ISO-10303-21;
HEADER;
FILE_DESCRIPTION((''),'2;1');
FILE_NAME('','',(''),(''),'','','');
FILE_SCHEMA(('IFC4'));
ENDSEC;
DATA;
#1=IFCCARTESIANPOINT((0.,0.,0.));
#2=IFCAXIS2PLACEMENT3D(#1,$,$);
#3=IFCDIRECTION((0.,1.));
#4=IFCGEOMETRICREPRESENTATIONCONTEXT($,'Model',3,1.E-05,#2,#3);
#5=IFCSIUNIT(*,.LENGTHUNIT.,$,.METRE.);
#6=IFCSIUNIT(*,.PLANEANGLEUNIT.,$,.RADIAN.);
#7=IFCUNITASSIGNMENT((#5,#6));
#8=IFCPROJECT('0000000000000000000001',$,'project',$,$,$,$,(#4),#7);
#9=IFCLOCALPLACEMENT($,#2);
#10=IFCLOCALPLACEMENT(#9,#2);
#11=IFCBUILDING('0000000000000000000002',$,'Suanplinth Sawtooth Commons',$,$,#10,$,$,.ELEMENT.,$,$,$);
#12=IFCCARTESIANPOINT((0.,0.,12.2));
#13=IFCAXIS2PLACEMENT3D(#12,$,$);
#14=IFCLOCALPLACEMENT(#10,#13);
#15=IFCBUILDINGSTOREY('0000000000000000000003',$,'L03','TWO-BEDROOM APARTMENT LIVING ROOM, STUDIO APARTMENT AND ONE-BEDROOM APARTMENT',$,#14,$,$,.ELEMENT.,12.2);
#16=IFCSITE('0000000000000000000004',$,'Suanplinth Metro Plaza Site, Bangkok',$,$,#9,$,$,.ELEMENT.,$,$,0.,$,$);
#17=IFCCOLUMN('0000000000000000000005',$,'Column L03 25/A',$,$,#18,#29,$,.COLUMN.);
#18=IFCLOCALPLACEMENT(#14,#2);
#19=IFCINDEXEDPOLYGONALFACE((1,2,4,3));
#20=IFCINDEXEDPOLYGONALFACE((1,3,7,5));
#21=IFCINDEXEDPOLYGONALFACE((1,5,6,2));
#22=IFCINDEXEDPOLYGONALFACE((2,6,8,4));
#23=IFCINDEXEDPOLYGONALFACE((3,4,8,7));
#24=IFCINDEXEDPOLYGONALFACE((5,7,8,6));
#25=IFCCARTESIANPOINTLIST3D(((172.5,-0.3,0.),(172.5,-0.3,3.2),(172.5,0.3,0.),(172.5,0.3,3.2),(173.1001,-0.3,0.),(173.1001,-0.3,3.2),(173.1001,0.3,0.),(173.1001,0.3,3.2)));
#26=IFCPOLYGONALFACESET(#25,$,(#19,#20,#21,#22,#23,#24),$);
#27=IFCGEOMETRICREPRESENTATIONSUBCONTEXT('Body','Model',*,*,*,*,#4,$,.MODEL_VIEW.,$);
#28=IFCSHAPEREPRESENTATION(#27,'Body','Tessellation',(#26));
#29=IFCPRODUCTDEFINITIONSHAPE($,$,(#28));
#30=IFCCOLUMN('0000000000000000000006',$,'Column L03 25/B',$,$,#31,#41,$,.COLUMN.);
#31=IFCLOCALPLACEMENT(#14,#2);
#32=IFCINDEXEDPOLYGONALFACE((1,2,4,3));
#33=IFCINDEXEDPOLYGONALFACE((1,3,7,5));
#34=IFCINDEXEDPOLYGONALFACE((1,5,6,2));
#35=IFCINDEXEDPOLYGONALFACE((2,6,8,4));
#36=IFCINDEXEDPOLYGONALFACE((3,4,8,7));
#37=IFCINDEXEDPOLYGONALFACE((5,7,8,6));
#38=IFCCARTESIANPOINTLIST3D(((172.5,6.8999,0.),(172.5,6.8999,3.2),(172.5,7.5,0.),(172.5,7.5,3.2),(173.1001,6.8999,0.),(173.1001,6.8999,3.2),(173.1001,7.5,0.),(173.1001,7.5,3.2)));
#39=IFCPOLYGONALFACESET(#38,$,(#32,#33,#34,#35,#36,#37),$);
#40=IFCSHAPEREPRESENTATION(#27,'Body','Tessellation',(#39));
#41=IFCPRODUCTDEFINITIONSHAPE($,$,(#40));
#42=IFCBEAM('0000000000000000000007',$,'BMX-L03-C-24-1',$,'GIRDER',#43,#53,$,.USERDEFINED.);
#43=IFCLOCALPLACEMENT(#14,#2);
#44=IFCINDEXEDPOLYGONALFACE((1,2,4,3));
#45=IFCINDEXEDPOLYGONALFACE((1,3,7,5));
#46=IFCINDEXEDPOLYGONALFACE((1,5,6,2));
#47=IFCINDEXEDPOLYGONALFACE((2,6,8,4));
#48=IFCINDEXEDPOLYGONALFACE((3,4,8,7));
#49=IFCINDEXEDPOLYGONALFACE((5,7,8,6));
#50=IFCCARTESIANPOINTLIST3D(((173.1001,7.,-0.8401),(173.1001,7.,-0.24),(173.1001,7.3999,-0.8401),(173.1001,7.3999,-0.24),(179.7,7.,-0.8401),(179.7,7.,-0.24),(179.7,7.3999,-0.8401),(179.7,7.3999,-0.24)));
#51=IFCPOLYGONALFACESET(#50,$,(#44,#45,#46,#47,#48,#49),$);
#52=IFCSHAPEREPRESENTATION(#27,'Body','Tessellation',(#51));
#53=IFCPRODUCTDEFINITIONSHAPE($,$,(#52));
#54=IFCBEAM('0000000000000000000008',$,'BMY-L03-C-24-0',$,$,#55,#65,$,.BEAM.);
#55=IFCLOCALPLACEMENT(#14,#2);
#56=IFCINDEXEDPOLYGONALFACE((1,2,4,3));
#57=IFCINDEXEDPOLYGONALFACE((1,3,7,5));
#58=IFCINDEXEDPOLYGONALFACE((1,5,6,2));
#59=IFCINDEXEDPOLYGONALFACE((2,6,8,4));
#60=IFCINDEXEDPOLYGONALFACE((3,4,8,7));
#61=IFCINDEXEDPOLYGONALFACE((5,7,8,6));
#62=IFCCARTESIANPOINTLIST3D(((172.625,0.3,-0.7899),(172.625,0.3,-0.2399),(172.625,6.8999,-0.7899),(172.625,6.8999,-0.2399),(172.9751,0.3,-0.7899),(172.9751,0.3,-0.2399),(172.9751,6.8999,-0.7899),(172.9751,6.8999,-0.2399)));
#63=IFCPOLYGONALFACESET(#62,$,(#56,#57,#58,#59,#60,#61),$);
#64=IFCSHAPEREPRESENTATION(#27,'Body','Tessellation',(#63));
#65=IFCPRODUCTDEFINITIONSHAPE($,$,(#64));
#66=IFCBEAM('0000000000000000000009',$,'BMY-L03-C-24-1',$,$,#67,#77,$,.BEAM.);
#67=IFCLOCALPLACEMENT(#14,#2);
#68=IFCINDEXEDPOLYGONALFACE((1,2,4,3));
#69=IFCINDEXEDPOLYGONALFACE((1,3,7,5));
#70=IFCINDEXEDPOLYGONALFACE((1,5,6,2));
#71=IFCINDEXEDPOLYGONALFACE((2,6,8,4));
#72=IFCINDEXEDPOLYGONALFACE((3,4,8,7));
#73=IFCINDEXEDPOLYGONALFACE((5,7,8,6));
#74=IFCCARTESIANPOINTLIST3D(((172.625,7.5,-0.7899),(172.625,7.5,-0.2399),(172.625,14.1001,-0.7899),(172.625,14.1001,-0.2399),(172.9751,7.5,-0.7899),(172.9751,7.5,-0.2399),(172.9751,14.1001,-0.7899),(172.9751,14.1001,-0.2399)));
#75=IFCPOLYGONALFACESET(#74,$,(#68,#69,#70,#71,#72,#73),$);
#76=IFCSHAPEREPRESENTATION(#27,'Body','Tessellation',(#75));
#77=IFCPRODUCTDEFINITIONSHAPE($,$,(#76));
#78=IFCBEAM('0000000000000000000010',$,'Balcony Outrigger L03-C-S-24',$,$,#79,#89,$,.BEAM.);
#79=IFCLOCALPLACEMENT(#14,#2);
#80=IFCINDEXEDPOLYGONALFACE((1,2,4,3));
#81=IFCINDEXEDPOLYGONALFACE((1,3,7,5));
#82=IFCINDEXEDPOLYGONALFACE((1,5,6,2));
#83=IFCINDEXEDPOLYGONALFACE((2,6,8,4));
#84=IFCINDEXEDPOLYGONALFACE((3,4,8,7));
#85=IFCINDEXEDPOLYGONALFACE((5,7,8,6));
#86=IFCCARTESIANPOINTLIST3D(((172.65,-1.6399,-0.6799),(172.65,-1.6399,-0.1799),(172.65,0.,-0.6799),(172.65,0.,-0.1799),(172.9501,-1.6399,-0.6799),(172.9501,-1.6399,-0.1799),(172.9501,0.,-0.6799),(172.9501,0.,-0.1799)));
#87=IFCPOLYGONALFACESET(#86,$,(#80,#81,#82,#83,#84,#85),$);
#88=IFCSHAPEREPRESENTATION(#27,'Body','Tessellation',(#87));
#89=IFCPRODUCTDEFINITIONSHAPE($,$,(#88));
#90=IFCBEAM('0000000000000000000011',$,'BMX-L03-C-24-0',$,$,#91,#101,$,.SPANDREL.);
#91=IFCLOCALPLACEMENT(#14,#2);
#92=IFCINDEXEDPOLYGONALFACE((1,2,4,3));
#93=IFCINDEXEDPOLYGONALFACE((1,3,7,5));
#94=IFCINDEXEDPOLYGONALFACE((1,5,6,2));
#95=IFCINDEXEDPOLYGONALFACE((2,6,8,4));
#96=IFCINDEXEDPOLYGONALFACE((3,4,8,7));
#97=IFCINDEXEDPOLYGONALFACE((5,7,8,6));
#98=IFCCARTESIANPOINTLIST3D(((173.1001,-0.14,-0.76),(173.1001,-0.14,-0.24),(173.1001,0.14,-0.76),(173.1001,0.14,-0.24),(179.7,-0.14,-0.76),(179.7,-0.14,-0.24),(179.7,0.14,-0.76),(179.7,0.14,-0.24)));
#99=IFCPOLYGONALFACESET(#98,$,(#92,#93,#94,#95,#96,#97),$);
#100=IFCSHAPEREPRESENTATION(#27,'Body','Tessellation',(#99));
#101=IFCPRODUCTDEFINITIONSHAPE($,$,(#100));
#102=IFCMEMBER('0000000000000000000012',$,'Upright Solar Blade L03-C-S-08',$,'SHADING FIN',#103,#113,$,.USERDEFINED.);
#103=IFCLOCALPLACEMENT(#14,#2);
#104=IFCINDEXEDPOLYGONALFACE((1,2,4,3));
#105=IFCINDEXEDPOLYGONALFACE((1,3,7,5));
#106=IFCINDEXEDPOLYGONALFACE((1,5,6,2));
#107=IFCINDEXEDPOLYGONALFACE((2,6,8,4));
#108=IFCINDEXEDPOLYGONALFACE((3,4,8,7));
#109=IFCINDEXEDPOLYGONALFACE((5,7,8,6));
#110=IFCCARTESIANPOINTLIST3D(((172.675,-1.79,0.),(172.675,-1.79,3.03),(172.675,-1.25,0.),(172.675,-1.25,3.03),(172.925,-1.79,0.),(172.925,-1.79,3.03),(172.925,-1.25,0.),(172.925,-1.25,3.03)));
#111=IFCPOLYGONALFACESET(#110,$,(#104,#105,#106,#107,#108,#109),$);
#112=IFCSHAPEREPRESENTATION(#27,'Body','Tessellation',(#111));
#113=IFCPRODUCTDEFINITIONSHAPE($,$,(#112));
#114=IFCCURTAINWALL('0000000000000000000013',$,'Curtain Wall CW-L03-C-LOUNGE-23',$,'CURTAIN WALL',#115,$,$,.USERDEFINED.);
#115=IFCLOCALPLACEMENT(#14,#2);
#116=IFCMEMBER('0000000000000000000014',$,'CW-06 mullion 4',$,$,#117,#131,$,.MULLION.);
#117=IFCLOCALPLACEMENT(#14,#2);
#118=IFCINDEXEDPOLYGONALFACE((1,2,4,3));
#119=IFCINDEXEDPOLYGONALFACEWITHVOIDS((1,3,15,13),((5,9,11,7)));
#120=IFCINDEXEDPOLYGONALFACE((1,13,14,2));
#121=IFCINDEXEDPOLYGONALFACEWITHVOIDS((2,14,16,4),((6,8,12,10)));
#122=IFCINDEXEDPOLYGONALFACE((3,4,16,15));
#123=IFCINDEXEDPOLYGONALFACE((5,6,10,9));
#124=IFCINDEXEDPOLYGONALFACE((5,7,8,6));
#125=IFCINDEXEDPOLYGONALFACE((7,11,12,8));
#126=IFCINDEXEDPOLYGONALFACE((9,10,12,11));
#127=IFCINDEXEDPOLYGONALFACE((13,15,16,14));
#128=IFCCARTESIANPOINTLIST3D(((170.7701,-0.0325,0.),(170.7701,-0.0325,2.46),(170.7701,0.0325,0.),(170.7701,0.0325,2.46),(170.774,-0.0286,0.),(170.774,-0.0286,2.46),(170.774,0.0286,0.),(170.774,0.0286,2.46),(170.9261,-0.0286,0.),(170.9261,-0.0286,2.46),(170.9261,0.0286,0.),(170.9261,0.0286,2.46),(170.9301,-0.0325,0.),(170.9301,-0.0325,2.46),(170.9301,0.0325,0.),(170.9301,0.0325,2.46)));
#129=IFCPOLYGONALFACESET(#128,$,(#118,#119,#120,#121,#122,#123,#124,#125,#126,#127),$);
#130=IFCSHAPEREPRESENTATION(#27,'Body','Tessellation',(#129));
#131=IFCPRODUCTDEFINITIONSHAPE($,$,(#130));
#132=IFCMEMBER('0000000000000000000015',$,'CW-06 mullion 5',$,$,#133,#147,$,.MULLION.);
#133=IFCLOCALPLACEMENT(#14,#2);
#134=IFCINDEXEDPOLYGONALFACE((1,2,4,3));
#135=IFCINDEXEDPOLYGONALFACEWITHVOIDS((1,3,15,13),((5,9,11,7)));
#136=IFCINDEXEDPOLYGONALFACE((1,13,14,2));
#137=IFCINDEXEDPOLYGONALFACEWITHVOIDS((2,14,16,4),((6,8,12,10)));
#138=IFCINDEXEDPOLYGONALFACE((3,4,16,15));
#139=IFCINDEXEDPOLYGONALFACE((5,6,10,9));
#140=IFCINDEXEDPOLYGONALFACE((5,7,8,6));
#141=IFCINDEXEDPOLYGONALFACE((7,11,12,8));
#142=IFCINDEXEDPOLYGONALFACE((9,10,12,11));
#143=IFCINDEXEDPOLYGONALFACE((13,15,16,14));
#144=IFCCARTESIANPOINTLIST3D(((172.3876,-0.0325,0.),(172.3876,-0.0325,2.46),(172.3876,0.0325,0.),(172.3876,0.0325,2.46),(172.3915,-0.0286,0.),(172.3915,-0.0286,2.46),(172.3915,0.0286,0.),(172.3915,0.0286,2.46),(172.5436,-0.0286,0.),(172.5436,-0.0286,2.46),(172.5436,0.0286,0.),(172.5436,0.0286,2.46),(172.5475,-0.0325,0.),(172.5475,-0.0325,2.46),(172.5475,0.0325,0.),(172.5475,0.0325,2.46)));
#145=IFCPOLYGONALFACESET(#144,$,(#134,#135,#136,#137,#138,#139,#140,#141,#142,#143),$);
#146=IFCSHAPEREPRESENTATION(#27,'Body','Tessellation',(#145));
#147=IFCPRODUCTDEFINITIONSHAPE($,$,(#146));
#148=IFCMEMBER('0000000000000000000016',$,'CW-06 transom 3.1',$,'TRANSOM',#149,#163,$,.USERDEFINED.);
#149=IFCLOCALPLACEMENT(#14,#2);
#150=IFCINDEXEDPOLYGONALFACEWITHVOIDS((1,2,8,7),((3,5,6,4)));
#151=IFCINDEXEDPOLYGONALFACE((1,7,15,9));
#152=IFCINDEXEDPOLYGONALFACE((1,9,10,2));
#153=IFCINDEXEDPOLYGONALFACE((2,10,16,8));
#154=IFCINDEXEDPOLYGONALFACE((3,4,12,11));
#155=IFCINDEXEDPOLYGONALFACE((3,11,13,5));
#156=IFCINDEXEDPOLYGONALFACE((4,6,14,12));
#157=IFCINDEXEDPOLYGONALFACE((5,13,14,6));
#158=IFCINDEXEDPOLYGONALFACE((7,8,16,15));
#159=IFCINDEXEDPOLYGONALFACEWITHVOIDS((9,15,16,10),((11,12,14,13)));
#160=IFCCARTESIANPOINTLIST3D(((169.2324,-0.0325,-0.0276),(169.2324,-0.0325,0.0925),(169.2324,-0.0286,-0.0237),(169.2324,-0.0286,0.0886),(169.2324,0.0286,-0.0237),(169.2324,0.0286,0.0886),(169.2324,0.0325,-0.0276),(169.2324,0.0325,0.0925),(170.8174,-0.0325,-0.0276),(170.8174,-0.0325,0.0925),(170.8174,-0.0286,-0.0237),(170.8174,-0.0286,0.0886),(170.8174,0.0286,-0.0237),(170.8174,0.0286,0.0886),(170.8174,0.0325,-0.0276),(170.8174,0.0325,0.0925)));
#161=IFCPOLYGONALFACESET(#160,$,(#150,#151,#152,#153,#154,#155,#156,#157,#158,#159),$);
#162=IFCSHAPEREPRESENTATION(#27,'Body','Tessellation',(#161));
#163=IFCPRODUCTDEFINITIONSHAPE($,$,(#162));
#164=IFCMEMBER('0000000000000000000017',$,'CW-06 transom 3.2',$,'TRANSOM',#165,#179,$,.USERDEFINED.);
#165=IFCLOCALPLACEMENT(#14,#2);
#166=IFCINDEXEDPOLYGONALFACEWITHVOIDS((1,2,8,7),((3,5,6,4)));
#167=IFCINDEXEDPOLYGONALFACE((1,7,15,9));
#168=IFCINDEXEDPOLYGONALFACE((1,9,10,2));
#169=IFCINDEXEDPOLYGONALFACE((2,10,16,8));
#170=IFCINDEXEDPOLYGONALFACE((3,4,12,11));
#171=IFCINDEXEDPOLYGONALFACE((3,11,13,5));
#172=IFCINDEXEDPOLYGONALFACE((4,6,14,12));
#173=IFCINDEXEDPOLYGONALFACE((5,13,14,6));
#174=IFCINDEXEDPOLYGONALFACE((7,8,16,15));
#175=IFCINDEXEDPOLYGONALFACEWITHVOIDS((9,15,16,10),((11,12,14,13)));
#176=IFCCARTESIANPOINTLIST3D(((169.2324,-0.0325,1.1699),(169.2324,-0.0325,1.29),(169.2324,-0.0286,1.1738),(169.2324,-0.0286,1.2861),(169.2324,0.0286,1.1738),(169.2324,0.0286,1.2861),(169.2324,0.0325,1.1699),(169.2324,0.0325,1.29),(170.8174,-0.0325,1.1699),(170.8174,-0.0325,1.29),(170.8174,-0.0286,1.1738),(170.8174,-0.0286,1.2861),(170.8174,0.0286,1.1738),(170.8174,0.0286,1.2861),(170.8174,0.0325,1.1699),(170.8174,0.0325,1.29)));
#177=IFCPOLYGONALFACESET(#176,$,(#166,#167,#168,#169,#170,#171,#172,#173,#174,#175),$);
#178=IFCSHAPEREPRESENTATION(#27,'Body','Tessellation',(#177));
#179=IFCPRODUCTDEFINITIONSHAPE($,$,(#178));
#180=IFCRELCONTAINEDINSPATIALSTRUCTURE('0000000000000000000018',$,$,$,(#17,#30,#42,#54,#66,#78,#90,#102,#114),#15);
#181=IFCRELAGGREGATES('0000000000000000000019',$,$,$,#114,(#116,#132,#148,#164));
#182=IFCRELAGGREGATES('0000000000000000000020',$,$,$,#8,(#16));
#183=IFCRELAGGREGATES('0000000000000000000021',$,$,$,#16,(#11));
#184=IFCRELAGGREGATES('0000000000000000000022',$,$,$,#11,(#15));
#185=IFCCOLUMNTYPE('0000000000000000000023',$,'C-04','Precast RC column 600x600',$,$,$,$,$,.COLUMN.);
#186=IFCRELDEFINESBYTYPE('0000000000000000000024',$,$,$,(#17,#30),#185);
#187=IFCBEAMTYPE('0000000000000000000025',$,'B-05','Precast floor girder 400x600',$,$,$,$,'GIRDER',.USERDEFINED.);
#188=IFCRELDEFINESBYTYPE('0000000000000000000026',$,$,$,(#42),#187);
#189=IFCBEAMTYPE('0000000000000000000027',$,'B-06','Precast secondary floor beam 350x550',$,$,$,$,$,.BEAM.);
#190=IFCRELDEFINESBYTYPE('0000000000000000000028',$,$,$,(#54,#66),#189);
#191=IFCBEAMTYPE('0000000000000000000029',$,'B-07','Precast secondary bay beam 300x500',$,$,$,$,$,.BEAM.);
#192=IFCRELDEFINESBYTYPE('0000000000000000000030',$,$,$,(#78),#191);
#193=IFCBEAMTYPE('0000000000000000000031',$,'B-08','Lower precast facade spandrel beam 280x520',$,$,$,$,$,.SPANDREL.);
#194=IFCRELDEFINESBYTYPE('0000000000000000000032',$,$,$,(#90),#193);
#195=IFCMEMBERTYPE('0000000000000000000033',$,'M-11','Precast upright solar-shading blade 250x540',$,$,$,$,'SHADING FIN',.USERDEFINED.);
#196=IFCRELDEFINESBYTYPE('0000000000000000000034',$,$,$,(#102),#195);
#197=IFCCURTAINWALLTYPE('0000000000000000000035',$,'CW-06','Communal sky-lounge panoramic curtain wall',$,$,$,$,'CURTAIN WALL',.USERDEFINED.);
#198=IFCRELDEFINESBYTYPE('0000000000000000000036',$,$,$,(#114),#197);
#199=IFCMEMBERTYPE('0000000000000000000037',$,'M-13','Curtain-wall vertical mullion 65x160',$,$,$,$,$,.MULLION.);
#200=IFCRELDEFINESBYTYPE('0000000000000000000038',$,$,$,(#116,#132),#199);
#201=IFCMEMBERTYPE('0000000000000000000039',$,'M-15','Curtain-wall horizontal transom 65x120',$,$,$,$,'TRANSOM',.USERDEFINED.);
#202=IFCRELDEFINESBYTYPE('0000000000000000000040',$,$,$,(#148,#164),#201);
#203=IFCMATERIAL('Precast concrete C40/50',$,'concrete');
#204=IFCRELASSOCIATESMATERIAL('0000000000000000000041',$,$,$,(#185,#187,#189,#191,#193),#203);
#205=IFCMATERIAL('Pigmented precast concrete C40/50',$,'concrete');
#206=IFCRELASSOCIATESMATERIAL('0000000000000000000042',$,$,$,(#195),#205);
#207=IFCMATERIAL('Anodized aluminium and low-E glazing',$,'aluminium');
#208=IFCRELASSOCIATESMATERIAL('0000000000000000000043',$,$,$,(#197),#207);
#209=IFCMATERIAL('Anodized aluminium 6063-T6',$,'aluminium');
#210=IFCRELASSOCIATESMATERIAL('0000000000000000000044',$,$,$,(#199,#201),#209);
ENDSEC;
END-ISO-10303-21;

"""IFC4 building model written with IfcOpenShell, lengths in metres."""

from ifc_helpers import new_model, si_unit, direction, frame, origin, origin_2d, place, context, subcontext, project, spatial, rectangle, hollow_rectangle, extrude, material, material_profile, profile_set, type_object, element, aggregate, save


model = new_model("IFC4")

# Units and contexts
model_context = context("Model", 3, precision=1e-05, world=origin(), true_north=direction((0.0, 1.0)))
body_context = subcontext(model_context, "Body", "Model", "MODEL_VIEW")
ifc_project = project(units=[si_unit("LENGTHUNIT", "METRE"), si_unit("PLANEANGLEUNIT", "RADIAN")], contexts=[model_context])

# Site, building, storey
site_placement = place(None, origin())
site = spatial("IfcSite", under=ifc_project, at=site_placement, Name="Suanplinth Metro Plaza Site, Bangkok", CompositionType="ELEMENT", RefElevation=0.0)
building_placement = place(site_placement, origin())
building = spatial("IfcBuilding", under=site, at=building_placement, Name="Suanplinth Sawtooth Commons", CompositionType="ELEMENT")
storey_placement = place(building_placement, frame((0.0, 0.0, 12.2)))
storey = spatial("IfcBuildingStorey", under=building, at=storey_placement, Name="L03", Description="TWO-BEDROOM APARTMENT LIVING ROOM, STUDIO APARTMENT AND ONE-BEDROOM APARTMENT", CompositionType="ELEMENT", Elevation=12.2)

# Columns
ifc_material_1 = material(Name="Precast concrete C40/50", Category="concrete")
ifc_material_profile_1 = material_profile(ifc_material_1, rectangle(XDim=0.6001, YDim=0.6001, at=origin_2d()), Name="PC-COL 600x600")
ifc_profile_set_1 = profile_set([ifc_material_profile_1], Name="Precast concrete C40/50")
column_type = type_object("IfcColumnType", Name="C-04", Description="Precast RC column 600x600", PredefinedType="COLUMN", material=ifc_profile_set_1)
for number, where, z_axis, x_axis, name in (
    (1, (172.8, 0.0, 0.0), (0.0, 0.0, 1.0), (1.0, 0.0, 0.0), "Column L03 25/A"),
    (2, (172.8, 7.2, 0.0), (0.0, 0.0, 1.0), (1.0, 0.0, 0.0), "Column L03 25/B"),
):
    element("IfcColumn", number, at=place(storey_placement, frame(where, z_axis=z_axis, x_axis=x_axis)), inside=storey, type_object=column_type, Name=name, PredefinedType="COLUMN", context=body_context, shape_type="SweptSolid", body=[
        extrude(rectangle(XDim=0.6001, YDim=0.6001, at=origin_2d()), origin(), (0.0, 0.0, 1.0), 3.2),
    ])

# Beams
ifc_material_profile_2 = material_profile(ifc_material_1, rectangle(XDim=0.3999, YDim=0.6001, at=origin_2d()), Name="PC-GDR 400x600")
ifc_profile_set_2 = profile_set([ifc_material_profile_2], Name="Precast concrete C40/50")
beam_type_1 = type_object("IfcBeamType", Name="B-05", Description="Precast floor girder 400x600", ElementType="GIRDER", PredefinedType="USERDEFINED", material=ifc_profile_set_2)
beam_1_placement = place(storey_placement, frame((173.1001, 7.2, -0.54), z_axis=(1.0, 0.0, 0.0), x_axis=(0.0, 1.0, 0.0)))
element("IfcBeam", 3, at=beam_1_placement, inside=storey, type_object=beam_type_1, Name="BMX-L03-C-24-1", ObjectType="GIRDER", PredefinedType="USERDEFINED", context=body_context, shape_type="SweptSolid", body=[
    extrude(rectangle(XDim=0.3999, YDim=0.6001, at=origin_2d()), origin(), (0.0, 0.0, 1.0), 6.5999),
])
ifc_material_profile_3 = material_profile(ifc_material_1, rectangle(XDim=0.3501, YDim=0.55, at=origin_2d()), Name="PC-BM 350x550")
ifc_profile_set_3 = profile_set([ifc_material_profile_3], Name="Precast concrete C40/50")
beam_type_2 = type_object("IfcBeamType", Name="B-06", Description="Precast secondary floor beam 350x550", PredefinedType="BEAM", material=ifc_profile_set_3)
beam_2_placement = place(storey_placement, frame((172.8, 0.3, -0.5149), z_axis=(0.0, 1.0, 0.0), x_axis=(-1.0, 0.0, 0.0)))
element("IfcBeam", 4, at=beam_2_placement, inside=storey, type_object=beam_type_2, Name="BMY-L03-C-24-0", PredefinedType="BEAM", context=body_context, shape_type="SweptSolid", body=[
    extrude(rectangle(XDim=0.3501, YDim=0.55, at=origin_2d()), origin(), (0.0, 0.0, 1.0), 6.5999),
])
beam_3_placement = place(storey_placement, frame((172.8, 7.5, -0.5149), z_axis=(0.0, 1.0, 0.0), x_axis=(-1.0, 0.0, 0.0)))
element("IfcBeam", 5, at=beam_3_placement, inside=storey, type_object=beam_type_2, Name="BMY-L03-C-24-1", PredefinedType="BEAM", context=body_context, shape_type="SweptSolid", body=[
    extrude(rectangle(XDim=0.3501, YDim=0.55, at=origin_2d()), origin(), (0.0, 0.0, 1.0), 6.6001),
])
ifc_material_profile_4 = material_profile(ifc_material_1, rectangle(XDim=0.3, YDim=0.5, at=origin_2d()), Name="PC-BM 300x500")
ifc_profile_set_4 = profile_set([ifc_material_profile_4], Name="Precast concrete C40/50")
beam_type_3 = type_object("IfcBeamType", Name="B-07", Description="Precast secondary bay beam 300x500", PredefinedType="BEAM", material=ifc_profile_set_4)
beam_4_placement = place(storey_placement, frame((172.8, 0.0, -0.4299), z_axis=(0.0, -1.0, 0.0), x_axis=(1.0, 0.0, 0.0)))
element("IfcBeam", 6, at=beam_4_placement, inside=storey, type_object=beam_type_3, Name="Balcony Outrigger L03-C-S-24", PredefinedType="BEAM", context=body_context, shape_type="SweptSolid", body=[
    extrude(rectangle(XDim=0.3, YDim=0.5, at=origin_2d()), origin(), (0.0, 0.0, 1.0), 1.6399),
])
ifc_material_profile_5 = material_profile(ifc_material_1, rectangle(XDim=0.28, YDim=0.52, at=origin_2d()), Name="PC-SP 280x520")
ifc_profile_set_5 = profile_set([ifc_material_profile_5], Name="Precast concrete C40/50")
beam_type_4 = type_object("IfcBeamType", Name="B-08", Description="Lower precast facade spandrel beam 280x520", PredefinedType="SPANDREL", material=ifc_profile_set_5)
beam_5_placement = place(storey_placement, frame((173.1001, 0.0, -0.5), z_axis=(1.0, 0.0, 0.0), x_axis=(0.0, 1.0, 0.0)))
element("IfcBeam", 7, at=beam_5_placement, inside=storey, type_object=beam_type_4, Name="BMX-L03-C-24-0", PredefinedType="SPANDREL", context=body_context, shape_type="SweptSolid", body=[
    extrude(rectangle(XDim=0.28, YDim=0.52, at=origin_2d()), origin(), (0.0, 0.0, 1.0), 6.5999),
])

# Member
ifc_material_2 = material(Name="Pigmented precast concrete C40/50", Category="concrete")
ifc_material_profile_6 = material_profile(ifc_material_2, rectangle(XDim=0.25, YDim=0.54, at=origin_2d()), Name="PC-FIN 250x540")
ifc_profile_set_6 = profile_set([ifc_material_profile_6], Name="Pigmented precast concrete C40/50")
member_type_1 = type_object("IfcMemberType", Name="M-11", Description="Precast upright solar-shading blade 250x540", ElementType="SHADING FIN", PredefinedType="USERDEFINED", material=ifc_profile_set_6)
member_1_placement = place(storey_placement, frame((172.8, -1.52, 0.0), z_axis=(0.0, 0.0, 1.0), x_axis=(1.0, 0.0, 0.0)))
element("IfcMember", 8, at=member_1_placement, inside=storey, type_object=member_type_1, Name="Upright Solar Blade L03-C-S-08", ObjectType="SHADING FIN", PredefinedType="USERDEFINED", context=body_context, shape_type="SweptSolid", body=[
    extrude(rectangle(XDim=0.25, YDim=0.54, at=origin_2d()), origin(), (0.0, 0.0, 1.0), 3.03),
])

# Curtain wall, members
ifc_material_3 = material(Name="Anodized aluminium and low-E glazing", Category="aluminium")
curtain_wall_type = type_object("IfcCurtainWallType", Name="CW-06", Description="Communal sky-lounge panoramic curtain wall", ElementType="CURTAIN WALL", PredefinedType="USERDEFINED", material=ifc_material_3)
curtain_wall_placement = place(storey_placement, origin())
curtain_wall = element("IfcCurtainWall", 9, at=curtain_wall_placement, inside=storey, type_object=curtain_wall_type, Name="Curtain Wall CW-L03-C-LOUNGE-23", ObjectType="CURTAIN WALL", PredefinedType="USERDEFINED")
ifc_material_4 = material(Name="Anodized aluminium 6063-T6", Category="aluminium")
ifc_material_profile_7 = material_profile(ifc_material_4, hollow_rectangle(XDim=0.0649, YDim=0.1599, WallThickness=0.0039, at=origin_2d()), Name="ALU-MUL 65x160")
ifc_profile_set_7 = profile_set([ifc_material_profile_7], Name="Anodized aluminium 6063-T6")
member_type_2 = type_object("IfcMemberType", Name="M-13", Description="Curtain-wall vertical mullion 65x160", PredefinedType="MULLION", material=ifc_profile_set_7)
member_2_placement = place(storey_placement, frame((170.8501, 0.0, 0.0), z_axis=(0.0, 0.0, 1.0), x_axis=(0.0, 1.0, 0.0)))
member_2 = element("IfcMember", 10, at=member_2_placement, type_object=member_type_2, Name="CW-06 mullion 4", PredefinedType="MULLION", context=body_context, shape_type="SweptSolid", body=[
    extrude(hollow_rectangle(XDim=0.0649, YDim=0.1599, WallThickness=0.0039, at=origin_2d()), origin(), (0.0, 0.0, 1.0), 2.46),
])
member_3_placement = place(storey_placement, frame((172.4675, 0.0, 0.0), z_axis=(0.0, 0.0, 1.0), x_axis=(0.0, 1.0, 0.0)))
member_3 = element("IfcMember", 11, at=member_3_placement, type_object=member_type_2, Name="CW-06 mullion 5", PredefinedType="MULLION", context=body_context, shape_type="SweptSolid", body=[
    extrude(hollow_rectangle(XDim=0.0649, YDim=0.1599, WallThickness=0.0039, at=origin_2d()), origin(), (0.0, 0.0, 1.0), 2.46),
])
ifc_material_profile_8 = material_profile(ifc_material_4, hollow_rectangle(XDim=0.0649, YDim=0.1201, WallThickness=0.0039, at=origin_2d()), Name="ALU-TRN 65x120")
ifc_profile_set_8 = profile_set([ifc_material_profile_8], Name="Anodized aluminium 6063-T6")
member_type_3 = type_object("IfcMemberType", Name="M-15", Description="Curtain-wall horizontal transom 65x120", ElementType="TRANSOM", PredefinedType="USERDEFINED", material=ifc_profile_set_8)
member_4_placement = place(storey_placement, frame((169.2324, 0.0, 0.0325), z_axis=(1.0, 0.0, 0.0), x_axis=(0.0, 1.0, 0.0)))
member_4 = element("IfcMember", 12, at=member_4_placement, type_object=member_type_3, Name="CW-06 transom 3.1", ObjectType="TRANSOM", PredefinedType="USERDEFINED", context=body_context, shape_type="SweptSolid", body=[
    extrude(hollow_rectangle(XDim=0.0649, YDim=0.1201, WallThickness=0.0039, at=origin_2d()), origin(), (0.0, 0.0, 1.0), 1.585),
])
member_5_placement = place(storey_placement, frame((169.2324, 0.0, 1.23), z_axis=(1.0, 0.0, 0.0), x_axis=(0.0, 1.0, 0.0)))
member_5 = element("IfcMember", 13, at=member_5_placement, type_object=member_type_3, Name="CW-06 transom 3.2", ObjectType="TRANSOM", PredefinedType="USERDEFINED", context=body_context, shape_type="SweptSolid", body=[
    extrude(hollow_rectangle(XDim=0.0649, YDim=0.1201, WallThickness=0.0039, at=origin_2d()), origin(), (0.0, 0.0, 1.0), 1.585),
])
aggregate(curtain_wall, [member_2, member_3, member_4, member_5])

save(model, "model.ifc")
